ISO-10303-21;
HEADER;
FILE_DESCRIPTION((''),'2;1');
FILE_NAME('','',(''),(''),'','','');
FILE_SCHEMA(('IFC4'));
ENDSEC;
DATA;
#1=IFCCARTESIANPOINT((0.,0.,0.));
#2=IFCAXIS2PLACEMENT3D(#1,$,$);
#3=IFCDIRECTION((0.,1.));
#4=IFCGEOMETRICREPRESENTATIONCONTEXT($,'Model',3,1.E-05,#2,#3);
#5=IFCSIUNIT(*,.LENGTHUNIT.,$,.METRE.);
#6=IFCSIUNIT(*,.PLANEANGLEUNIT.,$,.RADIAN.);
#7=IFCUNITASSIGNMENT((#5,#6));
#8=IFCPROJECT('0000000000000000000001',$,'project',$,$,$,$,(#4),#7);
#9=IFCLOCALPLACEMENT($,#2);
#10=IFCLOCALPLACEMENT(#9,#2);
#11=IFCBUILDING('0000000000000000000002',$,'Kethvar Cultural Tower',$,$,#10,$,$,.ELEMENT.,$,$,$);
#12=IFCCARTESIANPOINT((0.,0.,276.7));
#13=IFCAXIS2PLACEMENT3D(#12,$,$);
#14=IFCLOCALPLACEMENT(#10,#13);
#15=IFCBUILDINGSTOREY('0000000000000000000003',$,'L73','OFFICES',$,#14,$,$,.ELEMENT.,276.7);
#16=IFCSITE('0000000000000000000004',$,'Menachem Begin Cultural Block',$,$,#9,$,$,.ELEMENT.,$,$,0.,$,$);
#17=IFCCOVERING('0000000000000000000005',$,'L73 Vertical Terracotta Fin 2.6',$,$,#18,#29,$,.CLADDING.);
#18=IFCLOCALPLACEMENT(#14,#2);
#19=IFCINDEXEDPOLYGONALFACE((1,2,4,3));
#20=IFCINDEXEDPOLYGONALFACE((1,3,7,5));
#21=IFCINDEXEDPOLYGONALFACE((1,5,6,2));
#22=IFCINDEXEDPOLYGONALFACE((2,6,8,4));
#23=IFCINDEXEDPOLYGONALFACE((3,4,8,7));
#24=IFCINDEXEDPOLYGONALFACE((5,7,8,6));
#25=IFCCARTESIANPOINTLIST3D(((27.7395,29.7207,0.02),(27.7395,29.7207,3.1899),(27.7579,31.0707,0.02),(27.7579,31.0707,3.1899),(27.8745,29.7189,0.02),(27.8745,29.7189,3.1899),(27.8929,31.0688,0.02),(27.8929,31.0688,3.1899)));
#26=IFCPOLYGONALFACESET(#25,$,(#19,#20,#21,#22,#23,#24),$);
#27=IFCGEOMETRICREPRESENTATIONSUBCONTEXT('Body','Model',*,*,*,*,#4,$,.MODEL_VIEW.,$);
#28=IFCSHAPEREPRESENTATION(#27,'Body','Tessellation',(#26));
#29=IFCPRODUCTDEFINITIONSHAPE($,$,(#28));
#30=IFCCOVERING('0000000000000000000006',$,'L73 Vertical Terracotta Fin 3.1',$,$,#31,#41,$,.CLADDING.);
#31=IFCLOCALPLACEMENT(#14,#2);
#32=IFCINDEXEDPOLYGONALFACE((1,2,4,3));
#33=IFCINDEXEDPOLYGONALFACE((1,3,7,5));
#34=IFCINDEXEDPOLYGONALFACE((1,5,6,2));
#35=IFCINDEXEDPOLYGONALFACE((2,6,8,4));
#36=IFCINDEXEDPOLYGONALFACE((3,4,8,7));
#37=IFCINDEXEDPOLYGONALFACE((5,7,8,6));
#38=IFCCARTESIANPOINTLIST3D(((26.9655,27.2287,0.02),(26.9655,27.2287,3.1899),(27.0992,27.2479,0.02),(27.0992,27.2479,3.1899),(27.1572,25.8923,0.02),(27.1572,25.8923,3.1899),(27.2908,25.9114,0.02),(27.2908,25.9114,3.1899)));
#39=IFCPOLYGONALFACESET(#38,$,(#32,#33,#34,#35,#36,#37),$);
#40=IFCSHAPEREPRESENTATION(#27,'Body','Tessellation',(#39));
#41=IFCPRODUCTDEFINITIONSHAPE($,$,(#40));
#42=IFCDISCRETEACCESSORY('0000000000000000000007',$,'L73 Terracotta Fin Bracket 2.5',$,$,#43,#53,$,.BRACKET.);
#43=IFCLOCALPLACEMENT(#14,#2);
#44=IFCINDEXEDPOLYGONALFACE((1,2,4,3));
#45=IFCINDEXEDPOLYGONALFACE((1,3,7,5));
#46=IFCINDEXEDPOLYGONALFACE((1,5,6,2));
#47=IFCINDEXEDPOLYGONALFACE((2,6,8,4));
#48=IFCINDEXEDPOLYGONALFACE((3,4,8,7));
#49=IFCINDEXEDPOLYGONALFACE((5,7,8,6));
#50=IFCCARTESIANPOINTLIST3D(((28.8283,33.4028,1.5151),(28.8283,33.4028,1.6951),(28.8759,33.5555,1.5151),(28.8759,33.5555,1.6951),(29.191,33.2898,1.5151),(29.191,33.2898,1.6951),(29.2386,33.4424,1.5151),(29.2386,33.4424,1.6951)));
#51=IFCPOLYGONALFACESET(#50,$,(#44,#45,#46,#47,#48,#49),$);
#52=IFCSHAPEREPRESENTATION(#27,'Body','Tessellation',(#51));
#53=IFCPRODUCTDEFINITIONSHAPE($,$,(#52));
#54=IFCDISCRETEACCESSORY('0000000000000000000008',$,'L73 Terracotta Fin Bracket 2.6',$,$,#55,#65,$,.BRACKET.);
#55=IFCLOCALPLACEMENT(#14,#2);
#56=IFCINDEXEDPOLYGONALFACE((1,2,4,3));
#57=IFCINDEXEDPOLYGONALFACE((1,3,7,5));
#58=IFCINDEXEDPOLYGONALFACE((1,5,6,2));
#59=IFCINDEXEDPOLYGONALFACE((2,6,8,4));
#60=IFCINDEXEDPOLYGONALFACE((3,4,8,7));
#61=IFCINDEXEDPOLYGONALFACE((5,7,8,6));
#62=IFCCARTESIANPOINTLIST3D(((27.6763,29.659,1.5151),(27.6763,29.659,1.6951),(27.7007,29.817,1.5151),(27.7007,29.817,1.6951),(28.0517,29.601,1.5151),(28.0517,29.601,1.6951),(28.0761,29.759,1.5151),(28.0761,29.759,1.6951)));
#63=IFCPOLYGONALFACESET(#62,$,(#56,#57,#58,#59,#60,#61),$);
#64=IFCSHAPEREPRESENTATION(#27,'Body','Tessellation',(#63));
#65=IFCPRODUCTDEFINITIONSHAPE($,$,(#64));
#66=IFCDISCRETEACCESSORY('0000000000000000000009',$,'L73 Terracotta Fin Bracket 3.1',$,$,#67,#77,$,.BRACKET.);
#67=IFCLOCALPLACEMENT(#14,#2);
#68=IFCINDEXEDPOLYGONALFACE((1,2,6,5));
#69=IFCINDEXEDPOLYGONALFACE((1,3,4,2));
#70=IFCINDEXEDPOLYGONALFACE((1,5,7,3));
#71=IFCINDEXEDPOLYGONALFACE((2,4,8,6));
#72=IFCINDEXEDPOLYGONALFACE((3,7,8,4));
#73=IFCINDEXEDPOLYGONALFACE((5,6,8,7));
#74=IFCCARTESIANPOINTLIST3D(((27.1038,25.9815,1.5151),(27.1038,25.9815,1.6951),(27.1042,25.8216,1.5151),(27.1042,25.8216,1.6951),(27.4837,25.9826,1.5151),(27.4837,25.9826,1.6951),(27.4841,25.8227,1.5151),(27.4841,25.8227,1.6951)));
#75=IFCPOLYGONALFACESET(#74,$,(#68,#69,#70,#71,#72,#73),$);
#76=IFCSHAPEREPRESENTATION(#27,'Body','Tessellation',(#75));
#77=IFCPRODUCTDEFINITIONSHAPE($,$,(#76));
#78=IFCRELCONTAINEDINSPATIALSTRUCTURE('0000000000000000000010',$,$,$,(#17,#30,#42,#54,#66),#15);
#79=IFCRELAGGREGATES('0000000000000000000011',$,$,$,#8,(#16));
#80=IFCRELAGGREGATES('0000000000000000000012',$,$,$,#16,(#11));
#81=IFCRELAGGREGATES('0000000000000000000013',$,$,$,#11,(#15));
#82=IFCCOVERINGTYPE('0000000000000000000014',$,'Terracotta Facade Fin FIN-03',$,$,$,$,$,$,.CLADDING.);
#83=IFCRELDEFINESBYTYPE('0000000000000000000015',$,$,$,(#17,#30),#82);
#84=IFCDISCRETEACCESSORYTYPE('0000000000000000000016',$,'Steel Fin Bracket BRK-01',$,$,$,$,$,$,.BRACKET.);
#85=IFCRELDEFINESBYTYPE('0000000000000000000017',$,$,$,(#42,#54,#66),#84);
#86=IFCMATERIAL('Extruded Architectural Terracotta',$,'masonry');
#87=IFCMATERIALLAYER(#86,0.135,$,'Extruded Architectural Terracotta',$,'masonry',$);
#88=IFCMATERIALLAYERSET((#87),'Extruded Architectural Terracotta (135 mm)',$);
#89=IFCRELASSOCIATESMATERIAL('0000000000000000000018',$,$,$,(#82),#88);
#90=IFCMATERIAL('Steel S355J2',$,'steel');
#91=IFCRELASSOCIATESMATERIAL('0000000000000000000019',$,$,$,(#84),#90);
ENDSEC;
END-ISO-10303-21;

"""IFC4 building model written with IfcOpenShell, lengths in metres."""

from ifc_helpers import new_model, si_unit, direction, frame, origin, origin_2d, place, context, subcontext, project, spatial, rectangle, extrude, source, transform, mapped, material, layer, layer_set, type_object, element, save


model = new_model("IFC4")

# Units and contexts
model_context = context("Model", 3, precision=1e-05, world=origin(), true_north=direction((0.0, 1.0)))
body_context = subcontext(model_context, "Body", "Model", "MODEL_VIEW")
ifc_project = project(units=[si_unit("LENGTHUNIT", "METRE"), si_unit("PLANEANGLEUNIT", "RADIAN")], contexts=[model_context])

# Site, building, storey
site_placement = place(None, origin())
site = spatial("IfcSite", under=ifc_project, at=site_placement, Name="Menachem Begin Cultural Block", CompositionType="ELEMENT", RefElevation=0.0)
building_placement = place(site_placement, origin())
building = spatial("IfcBuilding", under=site, at=building_placement, Name="Kethvar Cultural Tower", CompositionType="ELEMENT")
storey_placement = place(building_placement, frame((0.0, 0.0, 276.7)))
storey = spatial("IfcBuildingStorey", under=building, at=storey_placement, Name="L73", Description="OFFICES", CompositionType="ELEMENT", Elevation=276.7)

# Shared definitions
ifc_material_1 = material(Name="Steel S355J2", Category="steel")

# Coverings
ifc_material_2 = material(Name="Extruded Architectural Terracotta", Category="masonry")
ifc_layer_1 = layer(ifc_material_2, 0.135, Name="Extruded Architectural Terracotta", Category="masonry")
ifc_layer_set_1 = layer_set([ifc_layer_1], Name="Extruded Architectural Terracotta (135 mm)")
covering_type = type_object("IfcCoveringType", Name="Terracotta Facade Fin FIN-03", PredefinedType="CLADDING", material=ifc_layer_set_1)
shared_shape_1 = source(origin(), body_context, "Body", "SweptSolid", [
    extrude(rectangle(XDim=1.3501, YDim=0.135, at=origin_2d()), origin(), (0.0, 0.0, 1.0), 3.1699),
])
for number, where, z_axis, x_axis, name in (
    (1, (27.8162, 30.3948, 0.02), (0.0, 0.0, 1.0), (0.013613, 0.999907, 0.0), "L73 Vertical Terracotta Fin 2.6"),
    (2, (27.1282, 26.5701, 0.02), (0.0, 0.0, 1.0), (-0.141938, 0.989876, 0.0), "L73 Vertical Terracotta Fin 3.1"),
):
    element("IfcCovering", number, at=place(storey_placement, frame(where, z_axis=z_axis, x_axis=x_axis)), inside=storey, type_object=covering_type, Name=name, PredefinedType="CLADDING", context=body_context, shape_type="MappedRepresentation", body=[
        mapped(shared_shape_1, transform((0.0, 0.0, 0.0), scale=1.0)),
    ])

# Discrete accessories
discrete_accessory_type = type_object("IfcDiscreteAccessoryType", Name="Steel Fin Bracket BRK-01", PredefinedType="BRACKET", material=ifc_material_1)
shared_shape_2 = source(origin(), body_context, "Body", "SweptSolid", [
    extrude(rectangle(XDim=0.3799, YDim=0.1599, at=origin_2d()), origin(), (0.0, 0.0, 1.0), 0.1799),
])
for number, where, z_axis, x_axis, name in (
    (3, (29.0334, 33.4226, 1.5151), (0.0, 0.0, 1.0), (-0.954709, 0.297542, 0.0), "L73 Terracotta Fin Bracket 2.5"),
    (4, (27.8762, 29.709, 1.5151), (0.0, 0.0, 1.0), (-0.988282, 0.152641, 0.0), "L73 Terracotta Fin Bracket 2.6"),
    (5, (27.2939, 25.9021, 1.5151), (0.0, 0.0, 1.0), (-0.999996, -0.002793, 0.0), "L73 Terracotta Fin Bracket 3.1"),
):
    element("IfcDiscreteAccessory", number, at=place(storey_placement, frame(where, z_axis=z_axis, x_axis=x_axis)), inside=storey, type_object=discrete_accessory_type, Name=name, PredefinedType="BRACKET", context=body_context, shape_type="MappedRepresentation", body=[
        mapped(shared_shape_2, transform((0.0, 0.0, 0.0), scale=1.0)),
    ])

save(model, "model.ifc")
